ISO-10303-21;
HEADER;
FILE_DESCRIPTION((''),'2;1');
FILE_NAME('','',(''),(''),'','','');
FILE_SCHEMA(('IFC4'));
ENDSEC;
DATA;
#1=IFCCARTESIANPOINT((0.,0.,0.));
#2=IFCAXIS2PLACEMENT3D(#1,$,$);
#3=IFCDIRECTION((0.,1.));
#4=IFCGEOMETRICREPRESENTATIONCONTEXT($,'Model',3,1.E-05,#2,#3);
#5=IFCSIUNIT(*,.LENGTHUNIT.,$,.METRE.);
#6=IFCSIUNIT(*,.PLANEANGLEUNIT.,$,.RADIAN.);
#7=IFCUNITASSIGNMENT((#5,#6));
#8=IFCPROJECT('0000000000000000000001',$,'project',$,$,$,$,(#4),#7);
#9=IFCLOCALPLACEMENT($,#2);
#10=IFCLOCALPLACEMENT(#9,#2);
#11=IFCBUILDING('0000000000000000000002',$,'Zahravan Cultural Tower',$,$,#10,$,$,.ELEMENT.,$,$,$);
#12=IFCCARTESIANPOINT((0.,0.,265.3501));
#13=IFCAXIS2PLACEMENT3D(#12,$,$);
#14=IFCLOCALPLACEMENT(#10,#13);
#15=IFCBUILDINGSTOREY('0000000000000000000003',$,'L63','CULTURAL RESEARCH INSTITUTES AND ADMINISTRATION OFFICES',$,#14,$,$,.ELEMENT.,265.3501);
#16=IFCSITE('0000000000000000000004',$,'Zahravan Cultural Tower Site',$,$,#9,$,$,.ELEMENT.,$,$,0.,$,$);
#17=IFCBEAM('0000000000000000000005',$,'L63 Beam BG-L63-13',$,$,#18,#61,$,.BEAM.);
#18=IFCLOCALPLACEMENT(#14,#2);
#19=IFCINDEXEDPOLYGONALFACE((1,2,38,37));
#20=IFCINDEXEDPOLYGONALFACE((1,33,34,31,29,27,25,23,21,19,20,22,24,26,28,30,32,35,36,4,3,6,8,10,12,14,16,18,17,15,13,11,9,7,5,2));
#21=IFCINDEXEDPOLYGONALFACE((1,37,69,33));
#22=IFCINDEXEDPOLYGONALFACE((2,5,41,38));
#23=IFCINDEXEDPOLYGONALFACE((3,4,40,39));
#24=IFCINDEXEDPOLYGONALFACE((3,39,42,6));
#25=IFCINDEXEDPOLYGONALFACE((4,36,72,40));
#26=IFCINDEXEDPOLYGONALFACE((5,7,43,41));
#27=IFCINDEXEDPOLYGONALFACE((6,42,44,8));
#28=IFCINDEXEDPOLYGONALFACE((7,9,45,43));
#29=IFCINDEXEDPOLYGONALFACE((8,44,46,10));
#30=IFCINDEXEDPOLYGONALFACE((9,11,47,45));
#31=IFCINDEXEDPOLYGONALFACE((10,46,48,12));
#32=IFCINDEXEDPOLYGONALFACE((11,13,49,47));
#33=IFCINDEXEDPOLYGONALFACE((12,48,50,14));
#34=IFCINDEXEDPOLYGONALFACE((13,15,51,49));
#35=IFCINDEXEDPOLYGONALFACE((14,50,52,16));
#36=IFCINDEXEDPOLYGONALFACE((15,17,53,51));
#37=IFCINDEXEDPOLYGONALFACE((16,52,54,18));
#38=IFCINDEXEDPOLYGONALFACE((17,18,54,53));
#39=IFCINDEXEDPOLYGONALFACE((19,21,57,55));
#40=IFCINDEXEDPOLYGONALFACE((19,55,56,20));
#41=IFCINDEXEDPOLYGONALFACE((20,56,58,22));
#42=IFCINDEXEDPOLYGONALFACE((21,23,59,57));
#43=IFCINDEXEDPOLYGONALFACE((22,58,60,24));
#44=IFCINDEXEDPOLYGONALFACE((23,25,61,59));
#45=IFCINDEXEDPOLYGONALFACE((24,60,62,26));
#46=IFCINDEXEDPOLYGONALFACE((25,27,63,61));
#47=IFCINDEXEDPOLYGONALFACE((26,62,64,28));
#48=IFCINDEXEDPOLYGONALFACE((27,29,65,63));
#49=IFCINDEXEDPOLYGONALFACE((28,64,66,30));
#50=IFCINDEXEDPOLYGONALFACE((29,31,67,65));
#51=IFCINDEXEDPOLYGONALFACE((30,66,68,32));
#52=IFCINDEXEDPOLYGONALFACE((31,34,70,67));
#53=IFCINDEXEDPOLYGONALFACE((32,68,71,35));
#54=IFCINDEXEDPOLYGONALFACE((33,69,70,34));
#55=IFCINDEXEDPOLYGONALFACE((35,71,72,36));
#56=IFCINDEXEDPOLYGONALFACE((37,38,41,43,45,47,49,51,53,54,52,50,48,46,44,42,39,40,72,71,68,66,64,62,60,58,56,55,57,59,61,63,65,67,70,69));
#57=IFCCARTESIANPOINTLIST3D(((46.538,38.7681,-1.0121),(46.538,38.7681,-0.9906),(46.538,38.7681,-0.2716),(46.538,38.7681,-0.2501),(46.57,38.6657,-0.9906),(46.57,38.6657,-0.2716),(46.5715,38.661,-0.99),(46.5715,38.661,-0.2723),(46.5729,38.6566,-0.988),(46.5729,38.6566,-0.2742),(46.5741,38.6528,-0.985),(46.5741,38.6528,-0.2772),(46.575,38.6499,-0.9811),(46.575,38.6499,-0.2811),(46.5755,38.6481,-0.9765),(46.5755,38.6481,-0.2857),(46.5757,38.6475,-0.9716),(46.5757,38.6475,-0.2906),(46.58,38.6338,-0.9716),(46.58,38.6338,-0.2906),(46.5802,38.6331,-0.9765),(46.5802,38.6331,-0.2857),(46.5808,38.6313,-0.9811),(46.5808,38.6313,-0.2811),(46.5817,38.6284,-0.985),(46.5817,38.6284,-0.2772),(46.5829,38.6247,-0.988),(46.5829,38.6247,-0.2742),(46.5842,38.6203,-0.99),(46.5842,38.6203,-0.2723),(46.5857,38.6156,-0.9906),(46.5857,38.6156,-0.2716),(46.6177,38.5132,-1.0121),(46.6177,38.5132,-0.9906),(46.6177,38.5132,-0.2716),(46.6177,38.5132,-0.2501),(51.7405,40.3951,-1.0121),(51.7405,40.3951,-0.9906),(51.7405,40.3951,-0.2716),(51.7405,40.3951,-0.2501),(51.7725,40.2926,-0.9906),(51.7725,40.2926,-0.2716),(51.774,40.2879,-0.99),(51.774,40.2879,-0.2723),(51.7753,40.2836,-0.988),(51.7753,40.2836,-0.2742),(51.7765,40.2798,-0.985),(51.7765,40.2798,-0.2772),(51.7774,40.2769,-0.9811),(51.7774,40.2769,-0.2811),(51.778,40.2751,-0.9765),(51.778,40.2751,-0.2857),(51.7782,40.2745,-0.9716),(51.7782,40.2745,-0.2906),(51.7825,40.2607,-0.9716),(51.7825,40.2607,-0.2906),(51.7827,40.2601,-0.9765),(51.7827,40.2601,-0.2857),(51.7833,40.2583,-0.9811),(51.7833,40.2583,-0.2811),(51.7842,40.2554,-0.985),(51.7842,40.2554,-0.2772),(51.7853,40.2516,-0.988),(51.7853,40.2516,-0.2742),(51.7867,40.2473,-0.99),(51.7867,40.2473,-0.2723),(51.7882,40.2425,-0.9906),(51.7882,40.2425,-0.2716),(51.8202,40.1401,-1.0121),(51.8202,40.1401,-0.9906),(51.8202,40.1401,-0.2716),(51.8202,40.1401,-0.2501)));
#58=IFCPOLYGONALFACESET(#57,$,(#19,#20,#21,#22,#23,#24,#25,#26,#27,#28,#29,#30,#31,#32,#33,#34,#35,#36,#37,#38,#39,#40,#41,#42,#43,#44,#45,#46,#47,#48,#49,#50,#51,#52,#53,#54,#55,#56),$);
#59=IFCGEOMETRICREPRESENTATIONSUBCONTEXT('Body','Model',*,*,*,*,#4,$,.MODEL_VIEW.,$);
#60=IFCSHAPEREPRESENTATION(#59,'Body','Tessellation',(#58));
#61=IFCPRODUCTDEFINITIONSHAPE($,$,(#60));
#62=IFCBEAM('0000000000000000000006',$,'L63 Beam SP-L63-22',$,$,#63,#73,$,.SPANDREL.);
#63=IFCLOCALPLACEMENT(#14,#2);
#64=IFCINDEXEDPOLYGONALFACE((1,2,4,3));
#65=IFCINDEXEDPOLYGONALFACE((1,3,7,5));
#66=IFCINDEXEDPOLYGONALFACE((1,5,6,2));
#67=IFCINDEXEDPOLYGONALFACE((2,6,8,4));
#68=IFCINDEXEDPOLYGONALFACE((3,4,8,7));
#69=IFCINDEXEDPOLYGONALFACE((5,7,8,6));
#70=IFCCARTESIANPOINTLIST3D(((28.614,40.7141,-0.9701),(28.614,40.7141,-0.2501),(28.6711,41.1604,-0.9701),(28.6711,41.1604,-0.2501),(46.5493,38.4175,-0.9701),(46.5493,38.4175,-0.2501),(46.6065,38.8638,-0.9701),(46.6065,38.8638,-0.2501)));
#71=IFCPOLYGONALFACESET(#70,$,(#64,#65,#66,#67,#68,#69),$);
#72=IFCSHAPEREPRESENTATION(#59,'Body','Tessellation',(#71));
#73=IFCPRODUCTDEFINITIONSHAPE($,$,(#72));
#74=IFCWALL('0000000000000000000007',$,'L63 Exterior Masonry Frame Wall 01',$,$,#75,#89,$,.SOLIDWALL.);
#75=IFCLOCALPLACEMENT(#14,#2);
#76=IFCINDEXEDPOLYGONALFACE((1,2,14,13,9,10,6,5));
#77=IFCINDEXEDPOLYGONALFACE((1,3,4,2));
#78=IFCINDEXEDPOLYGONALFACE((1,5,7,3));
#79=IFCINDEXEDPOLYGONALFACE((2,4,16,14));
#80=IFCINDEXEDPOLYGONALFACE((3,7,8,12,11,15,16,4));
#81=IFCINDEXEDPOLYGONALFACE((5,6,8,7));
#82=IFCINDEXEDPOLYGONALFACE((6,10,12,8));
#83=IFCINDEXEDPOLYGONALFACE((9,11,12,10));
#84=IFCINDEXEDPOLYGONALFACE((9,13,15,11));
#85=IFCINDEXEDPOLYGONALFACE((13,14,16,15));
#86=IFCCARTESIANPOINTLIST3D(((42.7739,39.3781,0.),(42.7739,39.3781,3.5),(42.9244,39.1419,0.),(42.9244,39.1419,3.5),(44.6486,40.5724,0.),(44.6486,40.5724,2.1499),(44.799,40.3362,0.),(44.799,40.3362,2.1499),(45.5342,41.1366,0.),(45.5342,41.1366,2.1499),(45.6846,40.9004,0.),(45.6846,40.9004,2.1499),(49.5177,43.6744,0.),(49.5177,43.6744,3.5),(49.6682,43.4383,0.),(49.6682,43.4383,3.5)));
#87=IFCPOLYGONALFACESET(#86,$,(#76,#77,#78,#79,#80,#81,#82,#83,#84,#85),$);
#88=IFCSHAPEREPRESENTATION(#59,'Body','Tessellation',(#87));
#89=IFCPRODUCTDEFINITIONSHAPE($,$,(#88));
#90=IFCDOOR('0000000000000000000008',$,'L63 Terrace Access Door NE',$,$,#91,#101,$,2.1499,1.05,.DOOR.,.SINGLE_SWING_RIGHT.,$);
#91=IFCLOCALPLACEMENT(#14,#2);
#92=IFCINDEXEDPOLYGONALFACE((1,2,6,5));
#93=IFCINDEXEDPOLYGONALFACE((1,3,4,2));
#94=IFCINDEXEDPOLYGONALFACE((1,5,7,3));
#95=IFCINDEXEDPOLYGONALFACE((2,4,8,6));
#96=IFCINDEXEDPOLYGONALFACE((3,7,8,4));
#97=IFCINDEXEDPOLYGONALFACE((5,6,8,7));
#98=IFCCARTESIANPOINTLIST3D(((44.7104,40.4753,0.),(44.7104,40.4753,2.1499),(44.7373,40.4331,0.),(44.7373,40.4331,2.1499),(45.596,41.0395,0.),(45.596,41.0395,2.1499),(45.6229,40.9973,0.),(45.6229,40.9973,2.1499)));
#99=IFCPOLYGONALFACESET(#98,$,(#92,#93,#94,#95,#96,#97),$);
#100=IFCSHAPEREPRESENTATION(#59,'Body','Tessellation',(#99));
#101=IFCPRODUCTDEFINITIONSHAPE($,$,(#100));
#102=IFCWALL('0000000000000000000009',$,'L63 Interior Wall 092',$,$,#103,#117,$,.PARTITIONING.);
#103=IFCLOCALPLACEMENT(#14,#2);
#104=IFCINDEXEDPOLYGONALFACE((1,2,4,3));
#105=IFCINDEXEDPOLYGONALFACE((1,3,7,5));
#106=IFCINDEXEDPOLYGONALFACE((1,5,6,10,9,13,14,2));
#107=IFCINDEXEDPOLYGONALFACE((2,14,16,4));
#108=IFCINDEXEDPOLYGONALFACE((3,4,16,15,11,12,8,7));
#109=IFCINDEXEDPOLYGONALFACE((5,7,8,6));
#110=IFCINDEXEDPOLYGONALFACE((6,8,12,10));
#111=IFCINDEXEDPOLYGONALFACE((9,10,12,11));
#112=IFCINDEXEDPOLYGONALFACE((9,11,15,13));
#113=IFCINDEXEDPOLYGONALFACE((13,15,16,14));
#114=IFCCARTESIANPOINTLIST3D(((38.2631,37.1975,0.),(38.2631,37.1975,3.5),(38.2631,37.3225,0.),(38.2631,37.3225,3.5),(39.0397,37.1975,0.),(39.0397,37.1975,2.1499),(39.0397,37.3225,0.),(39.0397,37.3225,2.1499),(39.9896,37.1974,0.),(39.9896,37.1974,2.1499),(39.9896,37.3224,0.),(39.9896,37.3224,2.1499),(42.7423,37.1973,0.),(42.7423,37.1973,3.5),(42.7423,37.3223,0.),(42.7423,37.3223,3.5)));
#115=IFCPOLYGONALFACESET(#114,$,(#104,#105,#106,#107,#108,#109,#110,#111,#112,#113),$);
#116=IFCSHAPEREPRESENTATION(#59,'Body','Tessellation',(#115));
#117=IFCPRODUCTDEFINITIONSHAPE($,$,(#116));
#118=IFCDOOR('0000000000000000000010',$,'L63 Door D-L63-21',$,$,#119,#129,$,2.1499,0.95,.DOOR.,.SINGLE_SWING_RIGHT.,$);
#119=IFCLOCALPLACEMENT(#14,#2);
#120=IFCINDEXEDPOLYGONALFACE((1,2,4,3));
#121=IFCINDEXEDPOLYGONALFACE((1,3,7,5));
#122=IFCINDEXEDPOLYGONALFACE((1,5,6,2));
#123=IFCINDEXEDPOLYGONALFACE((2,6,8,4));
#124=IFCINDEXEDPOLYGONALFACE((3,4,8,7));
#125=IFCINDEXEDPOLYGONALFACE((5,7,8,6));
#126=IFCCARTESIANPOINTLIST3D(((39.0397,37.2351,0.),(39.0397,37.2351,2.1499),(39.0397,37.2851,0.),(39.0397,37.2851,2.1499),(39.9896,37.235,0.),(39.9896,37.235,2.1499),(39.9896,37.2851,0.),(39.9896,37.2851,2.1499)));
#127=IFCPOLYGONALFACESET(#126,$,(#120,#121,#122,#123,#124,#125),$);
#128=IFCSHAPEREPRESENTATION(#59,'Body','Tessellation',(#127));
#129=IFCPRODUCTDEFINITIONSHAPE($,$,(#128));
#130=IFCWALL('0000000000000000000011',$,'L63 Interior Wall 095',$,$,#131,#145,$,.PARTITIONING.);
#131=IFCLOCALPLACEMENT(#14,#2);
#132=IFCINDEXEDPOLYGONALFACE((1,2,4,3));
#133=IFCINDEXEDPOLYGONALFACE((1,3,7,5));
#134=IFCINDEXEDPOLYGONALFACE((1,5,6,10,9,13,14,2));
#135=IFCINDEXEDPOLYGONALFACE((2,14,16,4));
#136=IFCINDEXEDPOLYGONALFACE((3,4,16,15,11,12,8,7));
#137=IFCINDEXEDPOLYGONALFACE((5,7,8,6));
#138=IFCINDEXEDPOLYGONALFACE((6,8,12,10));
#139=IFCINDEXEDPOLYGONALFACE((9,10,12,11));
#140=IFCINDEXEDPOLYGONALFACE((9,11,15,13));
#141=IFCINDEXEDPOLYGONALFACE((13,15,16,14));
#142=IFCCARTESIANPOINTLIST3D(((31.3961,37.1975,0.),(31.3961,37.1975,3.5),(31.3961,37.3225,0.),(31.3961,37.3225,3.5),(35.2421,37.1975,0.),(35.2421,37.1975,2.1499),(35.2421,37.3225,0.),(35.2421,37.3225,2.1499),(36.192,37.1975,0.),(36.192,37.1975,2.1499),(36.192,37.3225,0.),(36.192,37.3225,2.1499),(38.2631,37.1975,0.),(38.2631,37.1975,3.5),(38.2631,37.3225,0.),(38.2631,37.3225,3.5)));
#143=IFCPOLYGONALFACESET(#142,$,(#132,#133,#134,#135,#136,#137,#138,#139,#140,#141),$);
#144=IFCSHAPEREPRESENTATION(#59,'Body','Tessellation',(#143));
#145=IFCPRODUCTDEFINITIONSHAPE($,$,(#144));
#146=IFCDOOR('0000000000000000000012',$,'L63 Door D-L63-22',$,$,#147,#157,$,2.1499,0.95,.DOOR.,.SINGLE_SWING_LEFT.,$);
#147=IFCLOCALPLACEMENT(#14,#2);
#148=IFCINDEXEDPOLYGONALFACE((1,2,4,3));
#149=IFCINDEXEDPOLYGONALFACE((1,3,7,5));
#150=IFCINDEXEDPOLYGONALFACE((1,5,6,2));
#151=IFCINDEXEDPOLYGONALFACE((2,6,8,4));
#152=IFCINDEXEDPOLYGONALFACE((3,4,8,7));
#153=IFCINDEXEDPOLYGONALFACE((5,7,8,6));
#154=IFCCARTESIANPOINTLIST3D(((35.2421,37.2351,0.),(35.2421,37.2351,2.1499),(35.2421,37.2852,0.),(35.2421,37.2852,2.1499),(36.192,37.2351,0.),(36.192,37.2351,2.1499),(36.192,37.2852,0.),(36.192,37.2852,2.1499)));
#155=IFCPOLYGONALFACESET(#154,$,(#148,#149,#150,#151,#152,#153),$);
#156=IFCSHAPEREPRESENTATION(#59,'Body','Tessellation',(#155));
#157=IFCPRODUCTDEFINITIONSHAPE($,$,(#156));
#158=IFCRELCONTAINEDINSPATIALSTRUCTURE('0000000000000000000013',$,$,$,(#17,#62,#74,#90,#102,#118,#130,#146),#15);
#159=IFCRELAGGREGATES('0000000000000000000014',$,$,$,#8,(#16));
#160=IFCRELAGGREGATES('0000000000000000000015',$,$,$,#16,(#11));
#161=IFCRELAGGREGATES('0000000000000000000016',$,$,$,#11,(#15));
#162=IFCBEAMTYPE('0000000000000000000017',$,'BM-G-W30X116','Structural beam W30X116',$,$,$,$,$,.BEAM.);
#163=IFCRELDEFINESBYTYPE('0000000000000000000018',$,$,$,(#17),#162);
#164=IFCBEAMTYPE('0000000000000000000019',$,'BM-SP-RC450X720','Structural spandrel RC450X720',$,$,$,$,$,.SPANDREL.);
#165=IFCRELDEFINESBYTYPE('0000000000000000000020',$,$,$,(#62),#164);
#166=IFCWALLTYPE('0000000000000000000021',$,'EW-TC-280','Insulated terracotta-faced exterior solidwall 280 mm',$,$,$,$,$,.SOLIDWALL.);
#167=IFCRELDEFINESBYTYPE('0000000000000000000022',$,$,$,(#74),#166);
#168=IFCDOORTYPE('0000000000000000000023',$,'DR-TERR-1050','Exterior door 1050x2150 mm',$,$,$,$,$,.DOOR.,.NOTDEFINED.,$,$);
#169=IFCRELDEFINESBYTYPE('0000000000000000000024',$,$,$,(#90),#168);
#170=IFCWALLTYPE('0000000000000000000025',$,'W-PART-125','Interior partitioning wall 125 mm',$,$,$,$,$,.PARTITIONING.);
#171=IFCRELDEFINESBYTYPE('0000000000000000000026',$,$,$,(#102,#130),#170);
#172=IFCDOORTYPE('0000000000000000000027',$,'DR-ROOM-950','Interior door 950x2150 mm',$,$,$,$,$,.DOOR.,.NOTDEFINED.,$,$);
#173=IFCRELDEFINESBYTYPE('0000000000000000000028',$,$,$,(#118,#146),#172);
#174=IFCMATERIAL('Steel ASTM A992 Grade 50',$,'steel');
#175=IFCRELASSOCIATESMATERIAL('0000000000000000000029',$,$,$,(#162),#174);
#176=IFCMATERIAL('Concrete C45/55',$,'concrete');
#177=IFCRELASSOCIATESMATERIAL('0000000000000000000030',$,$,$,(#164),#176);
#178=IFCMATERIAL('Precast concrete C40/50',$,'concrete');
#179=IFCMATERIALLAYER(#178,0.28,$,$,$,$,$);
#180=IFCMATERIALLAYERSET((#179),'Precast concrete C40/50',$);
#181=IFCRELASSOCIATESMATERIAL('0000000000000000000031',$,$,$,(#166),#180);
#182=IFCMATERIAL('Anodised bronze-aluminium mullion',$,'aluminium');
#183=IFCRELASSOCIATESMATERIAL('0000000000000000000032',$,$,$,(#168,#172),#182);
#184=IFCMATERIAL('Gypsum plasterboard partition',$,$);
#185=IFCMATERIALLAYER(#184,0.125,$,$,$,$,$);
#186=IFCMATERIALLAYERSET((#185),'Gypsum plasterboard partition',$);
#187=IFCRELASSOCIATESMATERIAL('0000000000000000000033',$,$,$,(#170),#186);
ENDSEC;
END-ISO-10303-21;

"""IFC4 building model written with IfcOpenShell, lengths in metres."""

from ifc_helpers import new_model, si_unit, direction, frame, frame_2d, origin, origin_2d, place, context, subcontext, project, spatial, rectangle, i_section, extrude, source, transform, mapped, material, layer, layer_set, material_profile, profile_set, type_object, element, fill, save


model = new_model("IFC4")

# Units and contexts
model_context = context("Model", 3, precision=1e-05, world=origin(), true_north=direction((0.0, 1.0)))
body_context = subcontext(model_context, "Body", "Model", "MODEL_VIEW")
ifc_project = project(units=[si_unit("LENGTHUNIT", "METRE"), si_unit("PLANEANGLEUNIT", "RADIAN")], contexts=[model_context])

# Site, building, storey
site_placement = place(None, origin())
site = spatial("IfcSite", under=ifc_project, at=site_placement, Name="Zahravan Cultural Tower Site", CompositionType="ELEMENT", RefElevation=0.0)
building_placement = place(site_placement, origin())
building = spatial("IfcBuilding", under=site, at=building_placement, Name="Zahravan Cultural Tower", CompositionType="ELEMENT")
storey_placement = place(building_placement, frame((0.0, 0.0, 265.3501)))
storey = spatial("IfcBuildingStorey", under=building, at=storey_placement, Name="L63", Description="CULTURAL RESEARCH INSTITUTES AND ADMINISTRATION OFFICES", CompositionType="ELEMENT", Elevation=265.3501)

# Shared definitions
ifc_material_1 = material(Name="Steel ASTM A992 Grade 50", Category="steel")

# Beams
ifc_material_profile_1 = material_profile(ifc_material_1, i_section(OverallWidth=0.2671, OverallDepth=0.762, WebThickness=0.0144, FlangeThickness=0.0215, FilletRadius=0.019, at=origin_2d()), Name="W30X116")
ifc_profile_set_1 = profile_set([ifc_material_profile_1], Name="Steel ASTM A992 Grade 50")
beam_type_1 = type_object("IfcBeamType", Name="BM-G-W30X116", Description="Structural beam W30X116", PredefinedType="BEAM", material=ifc_profile_set_1)
shared_shape_1 = source(origin(), body_context, "Body", "SweptSolid", [
    extrude(i_section(OverallWidth=0.2671, OverallDepth=0.762, WebThickness=0.0144, FlangeThickness=0.0215, FilletRadius=0.019, at=origin_2d()), origin(), (0.0, 0.0, 1.0), 5.4509),
])
beam_1_placement = place(storey_placement, frame((46.5779, 38.6406, -0.6311), z_axis=(0.954417, 0.298476, 0.0), x_axis=(-0.298476, 0.954417, 0.0)))
element("IfcBeam", 1, at=beam_1_placement, inside=storey, type_object=beam_type_1, Name="L63 Beam BG-L63-13", PredefinedType="BEAM", context=body_context, shape_type="MappedRepresentation", body=[
    mapped(shared_shape_1, transform((0.0, 0.0, 0.0), x_axis=(1.0, 0.0, 0.0), y_axis=(0.0, 1.0, 0.0), z_axis=(0.0, 0.0, 1.0), scale=1.0)),
])
ifc_material_2 = material(Name="Concrete C45/55", Category="concrete")
ifc_material_profile_2 = material_profile(ifc_material_2, rectangle(XDim=0.45, YDim=0.72, at=origin_2d()), Name="RC450X720")
ifc_profile_set_2 = profile_set([ifc_material_profile_2], Name="Concrete C45/55")
beam_type_2 = type_object("IfcBeamType", Name="BM-SP-RC450X720", Description="Structural spandrel RC450X720", PredefinedType="SPANDREL", material=ifc_profile_set_2)
shared_shape_2 = source(origin(), body_context, "Body", "SweptSolid", [
    extrude(rectangle(XDim=0.45, YDim=0.72, at=origin_2d()), origin(), (0.0, 0.0, 1.0), 18.0818),
])
beam_2_placement = place(storey_placement, frame((46.5779, 38.6406, -0.6101), z_axis=(-0.991901, 0.127014, 0.0), x_axis=(-0.127014, -0.991901, 0.0)))
element("IfcBeam", 2, at=beam_2_placement, inside=storey, type_object=beam_type_2, Name="L63 Beam SP-L63-22", PredefinedType="SPANDREL", context=body_context, shape_type="MappedRepresentation", body=[
    mapped(shared_shape_2, transform((0.0, 0.0, 0.0), x_axis=(1.0, 0.0, 0.0), y_axis=(0.0, 1.0, 0.0), z_axis=(0.0, 0.0, 1.0), scale=1.0)),
])

# Walls, openings, doors
ifc_material_3 = material(Name="Precast concrete C40/50", Category="concrete")
ifc_layer_1 = layer(ifc_material_3, 0.28)
ifc_layer_set_1 = layer_set([ifc_layer_1], Name="Precast concrete C40/50")
wall_type_1 = type_object("IfcWallType", Name="EW-TC-280", Description="Insulated terracotta-faced exterior solidwall 280 mm", PredefinedType="SOLIDWALL", material=ifc_layer_set_1)
wall_1_placement = place(storey_placement, frame((42.8491, 39.26, 0.0), z_axis=(0.0, 0.0, 1.0), x_axis=(0.843389, 0.537304, 0.0)))
wall_1 = element("IfcWall", 3, at=wall_1_placement, inside=storey, type_object=wall_type_1, Name="L63 Exterior Masonry Frame Wall 01", PredefinedType="SOLIDWALL", context=body_context, shape_type="SweptSolid", body=[
    extrude(rectangle(XDim=7.9961, YDim=0.28, at=frame_2d((3.998, 0.0))), origin(), (0.0, 0.0, 1.0), 3.5),
])
opening_1_placement = place(wall_1_placement, frame((2.2229, 0.0, 0.0)))
opening_1 = element("IfcOpeningElement", 4, at=opening_1_placement, cuts=wall_1, PredefinedType="OPENING", context=body_context, shape_type="SweptSolid", body=[
    extrude(rectangle(XDim=1.05, YDim=2.1499, at=frame_2d((0.5249, 1.075))), frame((0.0, 0.1499, 0.0), z_axis=(0.0, -1.0, 0.0), x_axis=(1.0, 0.0, 0.0)), (0.0, 0.0, 1.0), 0.3),
])
ifc_material_4 = material(Name="Anodised bronze-aluminium mullion", Category="aluminium")
door_type_1 = type_object("IfcDoorType", Name="DR-TERR-1050", Description="Exterior door 1050x2150 mm", OperationType="NOTDEFINED", PredefinedType="DOOR", material=ifc_material_4)
shared_shape_3 = source(origin(), body_context, "Body", "SweptSolid", [
    extrude(rectangle(XDim=1.05, YDim=2.1499, at=frame_2d((0.5249, 1.075))), frame((0.0, 0.0249, 0.0), z_axis=(0.0, -1.0, 0.0), x_axis=(1.0, 0.0, 0.0)), (0.0, 0.0, 1.0), 0.05),
])
door_1_placement = place(opening_1_placement, origin())
door_1 = element("IfcDoor", 5, at=door_1_placement, inside=storey, type_object=door_type_1, Name="L63 Terrace Access Door NE", OperationType="SINGLE_SWING_RIGHT", OverallHeight=2.1499, OverallWidth=1.05, PredefinedType="DOOR", context=body_context, shape_type="MappedRepresentation", body=[
    mapped(shared_shape_3, transform((0.0, 0.0, 0.0), x_axis=(1.0, 0.0, 0.0), y_axis=(0.0, 1.0, 0.0), z_axis=(0.0, 0.0, 1.0), scale=1.0)),
])
fill(opening_1, door_1)
ifc_material_5 = material(Name="Gypsum plasterboard partition")
ifc_layer_2 = layer(ifc_material_5, 0.125)
ifc_layer_set_2 = layer_set([ifc_layer_2], Name="Gypsum plasterboard partition")
wall_type_2 = type_object("IfcWallType", Name="W-PART-125", Description="Interior partitioning wall 125 mm", PredefinedType="PARTITIONING", material=ifc_layer_set_2)
wall_2_placement = place(storey_placement, frame((42.7424, 37.2598, 0.0), z_axis=(0.0, 0.0, 1.0), x_axis=(-1.0, 0.000055, 0.0)))
wall_2 = element("IfcWall", 6, at=wall_2_placement, inside=storey, type_object=wall_type_2, Name="L63 Interior Wall 092", PredefinedType="PARTITIONING", context=body_context, shape_type="SweptSolid", body=[
    extrude(rectangle(XDim=4.4792, YDim=0.125, at=frame_2d((2.2397, 0.0))), origin(), (0.0, 0.0, 1.0), 3.5),
])
opening_2_placement = place(wall_2_placement, frame((2.7527, 0.0, 0.0)))
opening_2 = element("IfcOpeningElement", 7, at=opening_2_placement, cuts=wall_2, PredefinedType="OPENING", context=body_context, shape_type="SweptSolid", body=[
    extrude(rectangle(XDim=0.95, YDim=2.1499, at=frame_2d((0.4751, 1.075))), frame((0.0, 0.0725, 0.0), z_axis=(0.0, -1.0, 0.0), x_axis=(1.0, 0.0, 0.0)), (0.0, 0.0, 1.0), 0.145),
])
door_type_2 = type_object("IfcDoorType", Name="DR-ROOM-950", Description="Interior door 950x2150 mm", OperationType="NOTDEFINED", PredefinedType="DOOR", material=ifc_material_4)
shared_shape_4 = source(origin(), body_context, "Body", "SweptSolid", [
    extrude(rectangle(XDim=0.95, YDim=2.1499, at=frame_2d((0.4751, 1.075))), frame((0.0, 0.0249, 0.0), z_axis=(0.0, -1.0, 0.0), x_axis=(1.0, 0.0, 0.0)), (0.0, 0.0, 1.0), 0.05),
])
door_2_placement = place(opening_2_placement, origin())
door_2 = element("IfcDoor", 8, at=door_2_placement, inside=storey, type_object=door_type_2, Name="L63 Door D-L63-21", OperationType="SINGLE_SWING_RIGHT", OverallHeight=2.1499, OverallWidth=0.95, PredefinedType="DOOR", context=body_context, shape_type="MappedRepresentation", body=[
    mapped(shared_shape_4, transform((0.0, 0.0, 0.0), x_axis=(1.0, 0.0, 0.0), y_axis=(0.0, 1.0, 0.0), z_axis=(0.0, 0.0, 1.0), scale=1.0)),
])
fill(opening_2, door_2)
wall_3_placement = place(storey_placement, frame((38.2632, 37.26, 0.0), z_axis=(0.0, 0.0, 1.0), x_axis=(-1.0, 0.0, 0.0)))
wall_3 = element("IfcWall", 9, at=wall_3_placement, inside=storey, type_object=wall_type_2, Name="L63 Interior Wall 095", PredefinedType="PARTITIONING", context=body_context, shape_type="SweptSolid", body=[
    extrude(rectangle(XDim=6.8669, YDim=0.125, at=frame_2d((3.4336, 0.0))), origin(), (0.0, 0.0, 1.0), 3.5),
])
opening_3_placement = place(wall_3_placement, frame((2.071, 0.0, 0.0)))
opening_3 = element("IfcOpeningElement", 10, at=opening_3_placement, cuts=wall_3, PredefinedType="OPENING", context=body_context, shape_type="SweptSolid", body=[
    extrude(rectangle(XDim=0.95, YDim=2.1499, at=frame_2d((0.4751, 1.075))), frame((0.0, 0.0725, 0.0), z_axis=(0.0, -1.0, 0.0), x_axis=(1.0, 0.0, 0.0)), (0.0, 0.0, 1.0), 0.145),
])
door_3_placement = place(opening_3_placement, origin())
door_3 = element("IfcDoor", 11, at=door_3_placement, inside=storey, type_object=door_type_2, Name="L63 Door D-L63-22", OperationType="SINGLE_SWING_LEFT", OverallHeight=2.1499, OverallWidth=0.95, PredefinedType="DOOR", context=body_context, shape_type="MappedRepresentation", body=[
    mapped(shared_shape_4, transform((0.0, 0.0, 0.0), x_axis=(1.0, 0.0, 0.0), y_axis=(0.0, 1.0, 0.0), z_axis=(0.0, 0.0, 1.0), scale=1.0)),
])
fill(opening_3, door_3)

save(model, "model.ifc")
